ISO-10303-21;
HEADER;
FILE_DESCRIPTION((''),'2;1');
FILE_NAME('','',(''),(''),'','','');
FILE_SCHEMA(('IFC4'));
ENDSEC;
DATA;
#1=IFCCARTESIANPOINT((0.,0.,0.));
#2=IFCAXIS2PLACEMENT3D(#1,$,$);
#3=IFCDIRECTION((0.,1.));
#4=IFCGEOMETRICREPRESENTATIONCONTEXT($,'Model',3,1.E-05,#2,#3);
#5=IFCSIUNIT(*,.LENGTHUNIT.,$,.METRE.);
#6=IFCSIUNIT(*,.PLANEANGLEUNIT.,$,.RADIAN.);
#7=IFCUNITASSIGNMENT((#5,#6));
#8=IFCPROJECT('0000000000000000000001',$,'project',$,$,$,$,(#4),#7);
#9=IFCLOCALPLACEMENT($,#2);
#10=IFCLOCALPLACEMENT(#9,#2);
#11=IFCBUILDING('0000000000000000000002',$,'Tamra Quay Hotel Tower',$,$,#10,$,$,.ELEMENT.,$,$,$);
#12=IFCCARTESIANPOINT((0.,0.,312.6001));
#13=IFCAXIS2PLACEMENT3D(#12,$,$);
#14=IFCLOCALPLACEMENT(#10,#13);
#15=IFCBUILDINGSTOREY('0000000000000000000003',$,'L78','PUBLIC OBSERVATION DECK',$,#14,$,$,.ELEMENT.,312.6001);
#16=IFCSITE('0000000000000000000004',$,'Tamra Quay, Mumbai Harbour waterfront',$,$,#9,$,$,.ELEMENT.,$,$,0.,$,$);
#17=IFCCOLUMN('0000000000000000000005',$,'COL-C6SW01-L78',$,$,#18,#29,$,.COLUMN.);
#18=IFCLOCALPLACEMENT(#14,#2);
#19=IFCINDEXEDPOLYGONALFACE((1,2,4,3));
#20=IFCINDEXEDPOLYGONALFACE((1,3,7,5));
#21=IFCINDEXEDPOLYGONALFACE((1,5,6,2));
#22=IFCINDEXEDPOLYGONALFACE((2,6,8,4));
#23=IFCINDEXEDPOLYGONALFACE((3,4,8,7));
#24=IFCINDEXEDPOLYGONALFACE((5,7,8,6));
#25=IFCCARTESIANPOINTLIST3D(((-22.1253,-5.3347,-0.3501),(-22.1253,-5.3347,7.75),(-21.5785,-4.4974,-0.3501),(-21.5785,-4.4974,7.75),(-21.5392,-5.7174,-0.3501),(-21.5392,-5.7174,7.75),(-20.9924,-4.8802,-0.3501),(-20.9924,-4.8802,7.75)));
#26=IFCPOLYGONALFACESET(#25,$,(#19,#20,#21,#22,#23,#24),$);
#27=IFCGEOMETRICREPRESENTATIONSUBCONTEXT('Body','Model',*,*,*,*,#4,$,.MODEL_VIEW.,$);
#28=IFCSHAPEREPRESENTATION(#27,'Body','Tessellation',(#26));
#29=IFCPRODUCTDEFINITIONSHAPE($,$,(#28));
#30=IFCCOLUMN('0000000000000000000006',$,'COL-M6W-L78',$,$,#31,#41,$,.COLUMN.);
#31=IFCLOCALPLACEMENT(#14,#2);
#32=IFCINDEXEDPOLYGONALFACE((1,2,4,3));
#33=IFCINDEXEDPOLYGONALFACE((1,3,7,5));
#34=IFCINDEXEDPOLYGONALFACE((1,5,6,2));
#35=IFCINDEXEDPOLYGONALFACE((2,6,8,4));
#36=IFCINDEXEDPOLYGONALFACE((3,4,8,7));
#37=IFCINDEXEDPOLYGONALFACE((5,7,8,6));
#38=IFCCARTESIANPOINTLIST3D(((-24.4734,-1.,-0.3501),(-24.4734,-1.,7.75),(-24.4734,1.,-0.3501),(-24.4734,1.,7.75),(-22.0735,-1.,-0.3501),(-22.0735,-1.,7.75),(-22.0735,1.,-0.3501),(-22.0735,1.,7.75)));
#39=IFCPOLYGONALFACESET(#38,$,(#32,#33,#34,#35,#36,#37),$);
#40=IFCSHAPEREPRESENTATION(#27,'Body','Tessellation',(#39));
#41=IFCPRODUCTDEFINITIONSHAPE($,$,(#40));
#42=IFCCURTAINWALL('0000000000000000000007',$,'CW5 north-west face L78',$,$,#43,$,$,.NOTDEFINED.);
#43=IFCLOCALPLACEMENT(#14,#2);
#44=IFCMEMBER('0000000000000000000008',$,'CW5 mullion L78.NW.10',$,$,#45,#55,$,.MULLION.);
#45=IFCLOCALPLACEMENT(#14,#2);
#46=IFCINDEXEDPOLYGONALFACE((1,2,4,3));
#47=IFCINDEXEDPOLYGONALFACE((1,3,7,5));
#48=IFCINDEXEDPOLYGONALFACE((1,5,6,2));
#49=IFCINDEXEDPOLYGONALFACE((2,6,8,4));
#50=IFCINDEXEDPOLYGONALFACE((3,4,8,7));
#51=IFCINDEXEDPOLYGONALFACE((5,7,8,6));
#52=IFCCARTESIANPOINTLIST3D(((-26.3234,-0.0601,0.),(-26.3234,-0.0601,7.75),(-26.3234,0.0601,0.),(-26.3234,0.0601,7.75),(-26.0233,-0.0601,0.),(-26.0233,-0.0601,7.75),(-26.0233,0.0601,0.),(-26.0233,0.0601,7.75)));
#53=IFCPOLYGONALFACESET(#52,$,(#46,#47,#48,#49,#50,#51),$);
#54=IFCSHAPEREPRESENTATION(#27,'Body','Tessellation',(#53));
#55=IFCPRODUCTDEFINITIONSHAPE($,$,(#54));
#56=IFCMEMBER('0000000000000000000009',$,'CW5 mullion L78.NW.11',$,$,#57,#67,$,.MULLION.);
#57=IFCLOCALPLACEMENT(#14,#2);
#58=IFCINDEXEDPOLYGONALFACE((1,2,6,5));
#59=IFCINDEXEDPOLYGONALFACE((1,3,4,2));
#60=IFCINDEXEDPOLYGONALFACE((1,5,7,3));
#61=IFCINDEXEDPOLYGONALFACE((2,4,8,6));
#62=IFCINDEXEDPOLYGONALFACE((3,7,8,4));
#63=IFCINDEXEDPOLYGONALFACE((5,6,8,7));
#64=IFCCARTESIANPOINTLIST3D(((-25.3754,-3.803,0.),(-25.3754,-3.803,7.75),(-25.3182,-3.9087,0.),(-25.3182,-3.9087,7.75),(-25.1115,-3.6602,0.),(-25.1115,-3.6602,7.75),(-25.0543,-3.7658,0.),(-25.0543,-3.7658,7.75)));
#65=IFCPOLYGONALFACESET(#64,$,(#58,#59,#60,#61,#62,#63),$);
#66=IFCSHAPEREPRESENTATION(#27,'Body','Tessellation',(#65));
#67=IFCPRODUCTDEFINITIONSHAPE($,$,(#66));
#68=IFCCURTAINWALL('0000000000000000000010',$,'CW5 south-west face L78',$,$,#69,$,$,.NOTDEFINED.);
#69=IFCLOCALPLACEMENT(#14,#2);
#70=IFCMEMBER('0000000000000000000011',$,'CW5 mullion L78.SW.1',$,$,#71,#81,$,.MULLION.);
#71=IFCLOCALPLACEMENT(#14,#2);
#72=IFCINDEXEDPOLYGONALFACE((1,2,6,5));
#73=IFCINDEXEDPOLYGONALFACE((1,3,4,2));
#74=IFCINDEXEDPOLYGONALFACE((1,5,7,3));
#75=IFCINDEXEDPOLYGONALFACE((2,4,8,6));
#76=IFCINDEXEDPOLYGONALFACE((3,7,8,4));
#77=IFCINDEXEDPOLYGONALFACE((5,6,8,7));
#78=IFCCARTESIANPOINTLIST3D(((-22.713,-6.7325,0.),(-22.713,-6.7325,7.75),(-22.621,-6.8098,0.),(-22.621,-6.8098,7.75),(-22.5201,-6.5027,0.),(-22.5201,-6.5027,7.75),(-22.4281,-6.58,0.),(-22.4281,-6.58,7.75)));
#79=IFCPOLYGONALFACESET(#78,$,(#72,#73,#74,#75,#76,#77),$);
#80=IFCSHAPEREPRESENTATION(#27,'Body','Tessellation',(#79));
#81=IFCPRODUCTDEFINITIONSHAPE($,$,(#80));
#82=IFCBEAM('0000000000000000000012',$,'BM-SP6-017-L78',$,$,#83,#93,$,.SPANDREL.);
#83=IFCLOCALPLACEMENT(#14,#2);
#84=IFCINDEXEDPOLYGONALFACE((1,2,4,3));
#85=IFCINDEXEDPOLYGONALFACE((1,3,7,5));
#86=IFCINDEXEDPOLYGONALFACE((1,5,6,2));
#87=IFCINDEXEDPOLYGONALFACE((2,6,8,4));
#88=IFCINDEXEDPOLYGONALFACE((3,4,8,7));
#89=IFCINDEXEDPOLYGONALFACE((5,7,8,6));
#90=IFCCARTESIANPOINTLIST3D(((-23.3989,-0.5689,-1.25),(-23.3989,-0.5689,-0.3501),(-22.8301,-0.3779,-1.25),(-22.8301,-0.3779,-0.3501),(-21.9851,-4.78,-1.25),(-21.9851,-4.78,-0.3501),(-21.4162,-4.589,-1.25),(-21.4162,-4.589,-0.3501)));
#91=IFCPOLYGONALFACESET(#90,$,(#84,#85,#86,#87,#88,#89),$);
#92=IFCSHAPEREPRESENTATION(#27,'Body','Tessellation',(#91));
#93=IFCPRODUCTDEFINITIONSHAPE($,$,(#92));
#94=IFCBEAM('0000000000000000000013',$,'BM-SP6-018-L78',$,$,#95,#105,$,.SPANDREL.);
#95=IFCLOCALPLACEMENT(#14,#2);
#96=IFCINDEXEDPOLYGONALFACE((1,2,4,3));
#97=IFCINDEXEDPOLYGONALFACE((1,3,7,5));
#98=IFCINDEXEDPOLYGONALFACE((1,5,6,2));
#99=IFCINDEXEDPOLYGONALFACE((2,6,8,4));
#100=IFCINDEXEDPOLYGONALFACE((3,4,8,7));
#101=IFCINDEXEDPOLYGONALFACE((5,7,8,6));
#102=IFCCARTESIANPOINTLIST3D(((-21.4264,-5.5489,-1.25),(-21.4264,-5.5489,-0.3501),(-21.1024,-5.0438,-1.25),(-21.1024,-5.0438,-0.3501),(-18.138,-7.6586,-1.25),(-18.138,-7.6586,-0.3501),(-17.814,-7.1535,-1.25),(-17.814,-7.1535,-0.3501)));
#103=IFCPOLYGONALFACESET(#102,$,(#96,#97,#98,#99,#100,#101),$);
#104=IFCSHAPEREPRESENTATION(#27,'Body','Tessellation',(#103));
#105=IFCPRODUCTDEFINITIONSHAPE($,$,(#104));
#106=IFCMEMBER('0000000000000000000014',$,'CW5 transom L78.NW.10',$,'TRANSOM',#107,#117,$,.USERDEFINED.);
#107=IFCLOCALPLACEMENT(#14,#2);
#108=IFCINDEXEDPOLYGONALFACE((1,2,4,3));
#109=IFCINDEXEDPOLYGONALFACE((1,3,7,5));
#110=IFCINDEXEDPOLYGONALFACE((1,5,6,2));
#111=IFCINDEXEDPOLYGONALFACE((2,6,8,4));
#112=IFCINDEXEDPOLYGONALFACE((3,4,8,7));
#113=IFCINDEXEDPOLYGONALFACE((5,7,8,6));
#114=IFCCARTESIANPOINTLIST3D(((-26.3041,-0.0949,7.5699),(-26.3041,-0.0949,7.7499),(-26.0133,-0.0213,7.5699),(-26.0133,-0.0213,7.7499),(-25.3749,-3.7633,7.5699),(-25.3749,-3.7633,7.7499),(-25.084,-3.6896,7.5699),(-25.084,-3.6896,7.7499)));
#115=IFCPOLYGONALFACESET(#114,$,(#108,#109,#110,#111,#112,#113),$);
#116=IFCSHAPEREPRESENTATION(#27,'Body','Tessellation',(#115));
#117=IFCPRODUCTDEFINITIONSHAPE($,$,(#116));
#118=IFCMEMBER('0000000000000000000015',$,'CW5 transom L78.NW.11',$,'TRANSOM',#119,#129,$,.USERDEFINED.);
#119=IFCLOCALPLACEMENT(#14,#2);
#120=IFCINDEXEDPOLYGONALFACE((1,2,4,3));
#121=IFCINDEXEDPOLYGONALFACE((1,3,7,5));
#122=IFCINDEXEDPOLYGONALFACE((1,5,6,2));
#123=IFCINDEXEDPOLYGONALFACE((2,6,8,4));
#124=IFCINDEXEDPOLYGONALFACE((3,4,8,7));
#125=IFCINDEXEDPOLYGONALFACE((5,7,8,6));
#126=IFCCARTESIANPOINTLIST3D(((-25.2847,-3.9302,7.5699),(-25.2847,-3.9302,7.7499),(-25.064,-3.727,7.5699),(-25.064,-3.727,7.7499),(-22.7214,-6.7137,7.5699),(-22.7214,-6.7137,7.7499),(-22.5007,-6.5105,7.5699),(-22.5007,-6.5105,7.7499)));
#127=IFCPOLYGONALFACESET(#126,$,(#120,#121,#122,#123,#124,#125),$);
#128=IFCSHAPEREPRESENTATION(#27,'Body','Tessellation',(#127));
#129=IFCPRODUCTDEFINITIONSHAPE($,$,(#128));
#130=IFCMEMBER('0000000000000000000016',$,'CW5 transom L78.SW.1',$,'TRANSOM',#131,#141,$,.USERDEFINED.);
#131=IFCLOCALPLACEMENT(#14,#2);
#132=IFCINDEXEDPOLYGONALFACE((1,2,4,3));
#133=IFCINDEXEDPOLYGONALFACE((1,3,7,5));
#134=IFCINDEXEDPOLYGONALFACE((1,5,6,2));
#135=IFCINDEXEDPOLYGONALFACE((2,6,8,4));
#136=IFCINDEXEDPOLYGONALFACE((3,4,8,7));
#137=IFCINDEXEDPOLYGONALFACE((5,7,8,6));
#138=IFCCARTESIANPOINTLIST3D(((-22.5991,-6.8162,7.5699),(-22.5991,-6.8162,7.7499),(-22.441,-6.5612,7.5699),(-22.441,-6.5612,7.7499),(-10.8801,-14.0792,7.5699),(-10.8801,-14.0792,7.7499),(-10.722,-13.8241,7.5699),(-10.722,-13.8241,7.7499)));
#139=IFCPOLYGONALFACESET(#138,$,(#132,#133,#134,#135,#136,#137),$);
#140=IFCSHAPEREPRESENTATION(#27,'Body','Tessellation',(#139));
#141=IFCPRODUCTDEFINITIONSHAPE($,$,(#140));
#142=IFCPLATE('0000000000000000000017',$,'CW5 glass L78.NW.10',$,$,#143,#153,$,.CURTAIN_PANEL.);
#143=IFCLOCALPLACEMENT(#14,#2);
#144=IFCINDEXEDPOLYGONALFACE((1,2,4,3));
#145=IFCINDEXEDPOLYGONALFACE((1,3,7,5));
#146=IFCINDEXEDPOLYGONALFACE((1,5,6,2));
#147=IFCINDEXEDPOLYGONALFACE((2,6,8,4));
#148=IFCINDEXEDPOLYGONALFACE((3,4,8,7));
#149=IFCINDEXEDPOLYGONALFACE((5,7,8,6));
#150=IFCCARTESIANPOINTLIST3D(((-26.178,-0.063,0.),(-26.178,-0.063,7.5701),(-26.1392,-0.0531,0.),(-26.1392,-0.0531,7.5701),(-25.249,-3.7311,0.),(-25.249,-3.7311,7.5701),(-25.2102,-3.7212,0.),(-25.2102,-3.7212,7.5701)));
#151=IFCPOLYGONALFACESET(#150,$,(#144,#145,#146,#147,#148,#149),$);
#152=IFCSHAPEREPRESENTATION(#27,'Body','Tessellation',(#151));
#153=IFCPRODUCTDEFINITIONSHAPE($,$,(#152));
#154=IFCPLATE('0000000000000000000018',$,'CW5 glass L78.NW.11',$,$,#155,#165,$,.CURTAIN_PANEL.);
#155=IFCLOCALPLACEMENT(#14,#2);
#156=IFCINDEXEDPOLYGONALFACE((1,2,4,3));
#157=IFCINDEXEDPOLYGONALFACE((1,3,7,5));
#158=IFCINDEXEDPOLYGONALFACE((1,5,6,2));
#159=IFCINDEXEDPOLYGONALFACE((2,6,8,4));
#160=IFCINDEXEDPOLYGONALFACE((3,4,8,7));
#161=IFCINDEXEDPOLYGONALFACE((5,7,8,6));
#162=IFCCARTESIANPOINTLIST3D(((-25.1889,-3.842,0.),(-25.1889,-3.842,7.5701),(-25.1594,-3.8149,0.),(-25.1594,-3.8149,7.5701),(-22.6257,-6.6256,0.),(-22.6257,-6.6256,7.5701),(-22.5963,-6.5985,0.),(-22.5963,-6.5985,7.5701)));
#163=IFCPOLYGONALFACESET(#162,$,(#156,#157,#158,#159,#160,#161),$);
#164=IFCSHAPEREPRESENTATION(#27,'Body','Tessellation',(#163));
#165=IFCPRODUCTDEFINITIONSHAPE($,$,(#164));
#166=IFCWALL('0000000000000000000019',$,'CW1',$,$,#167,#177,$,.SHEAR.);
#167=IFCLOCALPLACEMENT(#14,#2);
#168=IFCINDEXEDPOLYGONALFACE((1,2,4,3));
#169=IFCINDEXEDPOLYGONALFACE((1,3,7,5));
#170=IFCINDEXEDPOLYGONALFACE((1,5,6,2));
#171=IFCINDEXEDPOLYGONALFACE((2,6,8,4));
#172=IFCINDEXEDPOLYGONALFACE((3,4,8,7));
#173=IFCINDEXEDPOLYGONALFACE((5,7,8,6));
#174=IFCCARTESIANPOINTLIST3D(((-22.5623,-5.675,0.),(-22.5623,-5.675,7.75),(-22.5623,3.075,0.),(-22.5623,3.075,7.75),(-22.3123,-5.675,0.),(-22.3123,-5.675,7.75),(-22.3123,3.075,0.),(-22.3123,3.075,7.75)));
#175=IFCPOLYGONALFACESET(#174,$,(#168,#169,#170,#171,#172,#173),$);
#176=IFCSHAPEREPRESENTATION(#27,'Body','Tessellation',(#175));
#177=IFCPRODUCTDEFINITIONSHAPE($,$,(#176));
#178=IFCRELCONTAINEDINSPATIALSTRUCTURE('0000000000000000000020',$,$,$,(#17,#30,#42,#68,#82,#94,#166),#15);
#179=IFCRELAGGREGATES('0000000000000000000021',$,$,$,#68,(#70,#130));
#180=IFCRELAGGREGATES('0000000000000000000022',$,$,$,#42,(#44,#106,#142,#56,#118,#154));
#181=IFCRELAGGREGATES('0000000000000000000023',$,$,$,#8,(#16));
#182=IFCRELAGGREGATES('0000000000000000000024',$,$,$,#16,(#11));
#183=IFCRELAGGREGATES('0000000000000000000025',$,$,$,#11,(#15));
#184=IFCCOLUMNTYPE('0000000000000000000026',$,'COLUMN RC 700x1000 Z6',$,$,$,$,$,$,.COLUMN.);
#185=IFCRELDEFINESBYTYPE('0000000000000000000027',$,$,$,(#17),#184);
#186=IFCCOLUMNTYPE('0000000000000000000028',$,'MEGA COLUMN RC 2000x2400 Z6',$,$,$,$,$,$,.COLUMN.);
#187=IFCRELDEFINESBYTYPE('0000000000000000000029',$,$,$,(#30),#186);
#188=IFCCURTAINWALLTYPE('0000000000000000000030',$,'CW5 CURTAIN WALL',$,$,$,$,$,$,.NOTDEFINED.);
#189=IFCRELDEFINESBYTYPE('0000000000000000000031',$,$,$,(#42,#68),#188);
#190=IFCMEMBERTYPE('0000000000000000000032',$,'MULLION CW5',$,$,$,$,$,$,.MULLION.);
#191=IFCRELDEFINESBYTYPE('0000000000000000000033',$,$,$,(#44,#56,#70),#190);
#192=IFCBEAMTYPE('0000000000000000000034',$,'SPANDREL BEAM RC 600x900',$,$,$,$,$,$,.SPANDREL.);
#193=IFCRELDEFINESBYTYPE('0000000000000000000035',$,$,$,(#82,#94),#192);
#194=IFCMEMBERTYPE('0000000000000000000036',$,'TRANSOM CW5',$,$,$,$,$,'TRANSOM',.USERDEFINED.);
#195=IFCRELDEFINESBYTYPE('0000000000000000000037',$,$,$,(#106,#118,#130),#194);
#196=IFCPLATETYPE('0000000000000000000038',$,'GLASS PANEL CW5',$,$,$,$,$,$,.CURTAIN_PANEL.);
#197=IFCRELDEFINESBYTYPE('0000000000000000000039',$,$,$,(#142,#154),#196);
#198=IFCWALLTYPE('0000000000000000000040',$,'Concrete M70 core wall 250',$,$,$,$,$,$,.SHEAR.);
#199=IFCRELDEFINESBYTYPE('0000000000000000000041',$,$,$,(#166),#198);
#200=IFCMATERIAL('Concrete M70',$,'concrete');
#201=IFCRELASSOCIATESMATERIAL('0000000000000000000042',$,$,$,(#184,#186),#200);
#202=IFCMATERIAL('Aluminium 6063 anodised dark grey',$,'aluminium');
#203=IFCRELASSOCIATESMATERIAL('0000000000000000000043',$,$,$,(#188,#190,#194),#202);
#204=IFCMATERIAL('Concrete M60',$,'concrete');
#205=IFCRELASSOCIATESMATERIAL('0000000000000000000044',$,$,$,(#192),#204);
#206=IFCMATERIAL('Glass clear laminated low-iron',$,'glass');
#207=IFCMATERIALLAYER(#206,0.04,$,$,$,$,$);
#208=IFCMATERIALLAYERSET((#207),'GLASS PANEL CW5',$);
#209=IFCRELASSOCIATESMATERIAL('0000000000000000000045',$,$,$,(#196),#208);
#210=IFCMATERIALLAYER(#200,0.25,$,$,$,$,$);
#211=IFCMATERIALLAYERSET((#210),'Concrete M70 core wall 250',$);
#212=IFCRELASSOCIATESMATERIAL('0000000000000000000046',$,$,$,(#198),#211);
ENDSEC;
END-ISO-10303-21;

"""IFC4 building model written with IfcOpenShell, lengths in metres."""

from ifc_helpers import new_model, si_unit, direction, frame, frame_2d, origin, origin_2d, place, context, subcontext, project, spatial, rectangle, extrude, material, layer, layer_set, material_profile, profile_set, type_object, element, aggregate, save


model = new_model("IFC4")

# Units and contexts
model_context = context("Model", 3, precision=1e-05, world=origin(), true_north=direction((0.0, 1.0)))
body_context = subcontext(model_context, "Body", "Model", "MODEL_VIEW")
ifc_project = project(units=[si_unit("LENGTHUNIT", "METRE"), si_unit("PLANEANGLEUNIT", "RADIAN")], contexts=[model_context])

# Site, building, storey
site_placement = place(None, origin())
site = spatial("IfcSite", under=ifc_project, at=site_placement, Name="Tamra Quay, Mumbai Harbour waterfront", CompositionType="ELEMENT", RefElevation=0.0)
building_placement = place(site_placement, origin())
building = spatial("IfcBuilding", under=site, at=building_placement, Name="Tamra Quay Hotel Tower", CompositionType="ELEMENT")
storey_placement = place(building_placement, frame((0.0, 0.0, 312.6001)))
storey = spatial("IfcBuildingStorey", under=building, at=storey_placement, Name="L78", Description="PUBLIC OBSERVATION DECK", CompositionType="ELEMENT", Elevation=312.6001)

# Columns
ifc_material_1 = material(Name="Concrete M70", Category="concrete")
ifc_material_profile_1 = material_profile(ifc_material_1, rectangle(XDim=1.0, YDim=0.7, at=origin_2d()), Name="COLUMN RC 700x1000 Z6")
ifc_profile_set_1 = profile_set([ifc_material_profile_1], Name="Concrete M70")
column_type_1 = type_object("IfcColumnType", Name="COLUMN RC 700x1000 Z6", PredefinedType="COLUMN", material=ifc_profile_set_1)
column_1_placement = place(storey_placement, frame((-21.5588, -5.1074, -0.3501), z_axis=(0.0, 0.0, 1.0), x_axis=(0.546805, 0.83726, 0.0)))
element("IfcColumn", 1, at=column_1_placement, inside=storey, type_object=column_type_1, Name="COL-C6SW01-L78", PredefinedType="COLUMN", context=body_context, shape_type="SweptSolid", body=[
    extrude(rectangle(XDim=1.0, YDim=0.7, at=origin_2d()), origin(), (0.0, 0.0, 1.0), 8.1001),
])
ifc_material_profile_2 = material_profile(ifc_material_1, rectangle(XDim=2.3999, YDim=2.0, at=origin_2d()), Name="MEGA COLUMN RC 2000x2400 Z6")
ifc_profile_set_2 = profile_set([ifc_material_profile_2], Name="Concrete M70")
column_type_2 = type_object("IfcColumnType", Name="MEGA COLUMN RC 2000x2400 Z6", PredefinedType="COLUMN", material=ifc_profile_set_2)
column_2_placement = place(storey_placement, frame((-23.2734, 0.0, -0.3501), z_axis=(0.0, 0.0, 1.0), x_axis=(1.0, 0.0, 0.0)))
element("IfcColumn", 2, at=column_2_placement, inside=storey, type_object=column_type_2, Name="COL-M6W-L78", PredefinedType="COLUMN", context=body_context, shape_type="SweptSolid", body=[
    extrude(rectangle(XDim=2.3999, YDim=2.0, at=origin_2d()), origin(), (0.0, 0.0, 1.0), 8.1001),
])

# Curtain wall, members
ifc_material_2 = material(Name="Aluminium 6063 anodised dark grey", Category="aluminium")
curtain_wall_type = type_object("IfcCurtainWallType", Name="CW5 CURTAIN WALL", PredefinedType="NOTDEFINED", material=ifc_material_2)
curtain_wall_1_placement = place(storey_placement, origin())
curtain_wall_1 = element("IfcCurtainWall", 3, at=curtain_wall_1_placement, inside=storey, type_object=curtain_wall_type, Name="CW5 north-west face L78", PredefinedType="NOTDEFINED")
ifc_material_profile_3 = material_profile(ifc_material_2, rectangle(XDim=0.3, YDim=0.1201, at=origin_2d()), Name="MULLION 120X300")
ifc_profile_set_3 = profile_set([ifc_material_profile_3], Name="Aluminium 6063 anodised dark grey")
member_type_1 = type_object("IfcMemberType", Name="MULLION CW5", PredefinedType="MULLION", material=ifc_profile_set_3)
member_1_placement = place(storey_placement, frame((-26.1733, 0.0, 0.0), z_axis=(0.0, 0.0, 1.0), x_axis=(-1.0, 0.0, 0.0)))
member_1 = element("IfcMember", 4, at=member_1_placement, type_object=member_type_1, Name="CW5 mullion L78.NW.10", PredefinedType="MULLION", context=body_context, shape_type="SweptSolid", body=[
    extrude(rectangle(XDim=0.3, YDim=0.1201, at=origin_2d()), origin(), (0.0, 0.0, 1.0), 7.75),
])
member_2_placement = place(storey_placement, frame((-25.2148, -3.7844, 0.0), z_axis=(0.0, 0.0, 1.0), x_axis=(-0.879433, -0.476023, 0.0)))
member_2 = element("IfcMember", 5, at=member_2_placement, type_object=member_type_1, Name="CW5 mullion L78.NW.11", PredefinedType="MULLION", context=body_context, shape_type="SweptSolid", body=[
    extrude(rectangle(XDim=0.3, YDim=0.1201, at=origin_2d()), origin(), (0.0, 0.0, 1.0), 7.75),
])

# Curtain wall, member
curtain_wall_2_placement = place(storey_placement, origin())
curtain_wall_2 = element("IfcCurtainWall", 6, at=curtain_wall_2_placement, inside=storey, type_object=curtain_wall_type, Name="CW5 south-west face L78", PredefinedType="NOTDEFINED")
member_3_placement = place(storey_placement, frame((-22.5706, -6.6562, 0.0), z_axis=(0.0, 0.0, 1.0), x_axis=(-0.643086, -0.765794, 0.0)))
member_3 = element("IfcMember", 7, at=member_3_placement, type_object=member_type_1, Name="CW5 mullion L78.SW.1", PredefinedType="MULLION", context=body_context, shape_type="SweptSolid", body=[
    extrude(rectangle(XDim=0.3, YDim=0.1201, at=origin_2d()), origin(), (0.0, 0.0, 1.0), 7.75),
])

# Beams
ifc_material_3 = material(Name="Concrete M60", Category="concrete")
ifc_material_profile_4 = material_profile(ifc_material_3, rectangle(XDim=0.6001, YDim=0.8999, at=origin_2d()), Name="SPANDREL BEAM RC 600x900")
ifc_profile_set_4 = profile_set([ifc_material_profile_4], Name="Concrete M60")
beam_type = type_object("IfcBeamType", Name="SPANDREL BEAM RC 600x900", PredefinedType="SPANDREL", material=ifc_profile_set_4)
beam_1_placement = place(storey_placement, frame((-23.1145, -0.4734, -0.8), z_axis=(0.318272, -0.948, 0.0), x_axis=(0.948, 0.318272, 0.0)))
element("IfcBeam", 8, at=beam_1_placement, inside=storey, type_object=beam_type, Name="BM-SP6-017-L78", PredefinedType="SPANDREL", context=body_context, shape_type="SweptSolid", body=[
    extrude(rectangle(XDim=0.6001, YDim=0.8999, at=origin_2d()), origin(), (0.0, 0.0, 1.0), 4.4421),
])
beam_2_placement = place(storey_placement, frame((-21.2644, -5.2964, -0.8), z_axis=(0.84168, -0.539977, 0.0), x_axis=(0.539977, 0.84168, 0.0)))
element("IfcBeam", 9, at=beam_2_placement, inside=storey, type_object=beam_type, Name="BM-SP6-018-L78", PredefinedType="SPANDREL", context=body_context, shape_type="SweptSolid", body=[
    extrude(rectangle(XDim=0.6001, YDim=0.8999, at=origin_2d()), origin(), (0.0, 0.0, 1.0), 3.907),
])

# Members
ifc_material_profile_5 = material_profile(ifc_material_2, rectangle(XDim=0.3, YDim=0.1799, at=origin_2d()), Name="TRANSOM 300X180")
ifc_profile_set_5 = profile_set([ifc_material_profile_5], Name="Aluminium 6063 anodised dark grey")
member_type_2 = type_object("IfcMemberType", Name="TRANSOM CW5", ElementType="TRANSOM", PredefinedType="USERDEFINED", material=ifc_profile_set_5)
member_4_placement = place(storey_placement, frame((-26.1587, -0.0581, 7.6599), z_axis=(0.245555, -0.969383, 0.0), x_axis=(0.969383, 0.245555, 0.0)))
member_4 = element("IfcMember", 10, at=member_4_placement, type_object=member_type_2, Name="CW5 transom L78.NW.10", ObjectType="TRANSOM", PredefinedType="USERDEFINED", context=body_context, shape_type="SweptSolid", body=[
    extrude(rectangle(XDim=0.3, YDim=0.1799, at=origin_2d()), origin(), (0.0, 0.0, 1.0), 3.7842),
])
member_5_placement = place(storey_placement, frame((-25.1743, -3.8286, 7.6599), z_axis=(0.677409, -0.735607, 0.0), x_axis=(0.735607, 0.677409, 0.0)))
member_5 = element("IfcMember", 11, at=member_5_placement, type_object=member_type_2, Name="CW5 transom L78.NW.11", ObjectType="TRANSOM", PredefinedType="USERDEFINED", context=body_context, shape_type="SweptSolid", body=[
    extrude(rectangle(XDim=0.3, YDim=0.1799, at=origin_2d()), origin(), (0.0, 0.0, 1.0), 3.7839),
])
member_6_placement = place(storey_placement, frame((-22.52, -6.6887, 7.6599), z_axis=(0.849995, -0.526791, 0.0), x_axis=(0.526791, 0.849995, 0.0)))
member_6 = element("IfcMember", 12, at=member_6_placement, type_object=member_type_2, Name="CW5 transom L78.SW.1", ObjectType="TRANSOM", PredefinedType="USERDEFINED", context=body_context, shape_type="SweptSolid", body=[
    extrude(rectangle(XDim=0.3, YDim=0.1799, at=origin_2d()), origin(), (0.0, 0.0, 1.0), 13.7871),
])
aggregate(curtain_wall_2, [member_3, member_6])

# Plates
ifc_material_4 = material(Name="Glass clear laminated low-iron", Category="glass")
ifc_layer_1 = layer(ifc_material_4, 0.04)
ifc_layer_set_1 = layer_set([ifc_layer_1], Name="GLASS PANEL CW5")
plate_type = type_object("IfcPlateType", Name="GLASS PANEL CW5", PredefinedType="CURTAIN_PANEL", material=ifc_layer_set_1)
plate_1_placement = place(storey_placement, frame((-25.6941, -1.8921, 0.0), z_axis=(0.0, 0.0, 1.0), x_axis=(0.245527, -0.96939, 0.0)))
plate_1 = element("IfcPlate", 13, at=plate_1_placement, type_object=plate_type, Name="CW5 glass L78.NW.10", PredefinedType="CURTAIN_PANEL", context=body_context, shape_type="SweptSolid", body=[
    extrude(rectangle(XDim=3.7839, YDim=0.04, at=origin_2d()), origin(), (0.0, 0.0, 1.0), 7.5701),
])
plate_2_placement = place(storey_placement, frame((-23.8926, -5.2202, 0.0), z_axis=(0.0, 0.0, 1.0), x_axis=(0.677376, -0.735637, 0.0)))
plate_2 = element("IfcPlate", 14, at=plate_2_placement, type_object=plate_type, Name="CW5 glass L78.NW.11", PredefinedType="CURTAIN_PANEL", context=body_context, shape_type="SweptSolid", body=[
    extrude(rectangle(XDim=3.7839, YDim=0.04, at=origin_2d()), origin(), (0.0, 0.0, 1.0), 7.5701),
])
aggregate(curtain_wall_1, [member_1, member_4, plate_1, member_2, member_5, plate_2])

# Wall
ifc_layer_2 = layer(ifc_material_1, 0.25)
ifc_layer_set_2 = layer_set([ifc_layer_2], Name="Concrete M70 core wall 250")
wall_type_1 = type_object("IfcWallType", Name="Concrete M70 core wall 250", PredefinedType="SHEAR", material=ifc_layer_set_2)
wall_1_placement = place(storey_placement, frame((-22.4373, -5.675, 0.0), z_axis=(0.0, 0.0, 1.0), x_axis=(0.0, 1.0, 0.0)))
element("IfcWall", 15, at=wall_1_placement, inside=storey, type_object=wall_type_1, Name="CW1", PredefinedType="SHEAR", context=body_context, shape_type="SweptSolid", body=[
    extrude(rectangle(XDim=8.75, YDim=0.25, at=frame_2d((4.375, 0.0))), origin(), (0.0, 0.0, 1.0), 7.75),
])

save(model, "model.ifc")
